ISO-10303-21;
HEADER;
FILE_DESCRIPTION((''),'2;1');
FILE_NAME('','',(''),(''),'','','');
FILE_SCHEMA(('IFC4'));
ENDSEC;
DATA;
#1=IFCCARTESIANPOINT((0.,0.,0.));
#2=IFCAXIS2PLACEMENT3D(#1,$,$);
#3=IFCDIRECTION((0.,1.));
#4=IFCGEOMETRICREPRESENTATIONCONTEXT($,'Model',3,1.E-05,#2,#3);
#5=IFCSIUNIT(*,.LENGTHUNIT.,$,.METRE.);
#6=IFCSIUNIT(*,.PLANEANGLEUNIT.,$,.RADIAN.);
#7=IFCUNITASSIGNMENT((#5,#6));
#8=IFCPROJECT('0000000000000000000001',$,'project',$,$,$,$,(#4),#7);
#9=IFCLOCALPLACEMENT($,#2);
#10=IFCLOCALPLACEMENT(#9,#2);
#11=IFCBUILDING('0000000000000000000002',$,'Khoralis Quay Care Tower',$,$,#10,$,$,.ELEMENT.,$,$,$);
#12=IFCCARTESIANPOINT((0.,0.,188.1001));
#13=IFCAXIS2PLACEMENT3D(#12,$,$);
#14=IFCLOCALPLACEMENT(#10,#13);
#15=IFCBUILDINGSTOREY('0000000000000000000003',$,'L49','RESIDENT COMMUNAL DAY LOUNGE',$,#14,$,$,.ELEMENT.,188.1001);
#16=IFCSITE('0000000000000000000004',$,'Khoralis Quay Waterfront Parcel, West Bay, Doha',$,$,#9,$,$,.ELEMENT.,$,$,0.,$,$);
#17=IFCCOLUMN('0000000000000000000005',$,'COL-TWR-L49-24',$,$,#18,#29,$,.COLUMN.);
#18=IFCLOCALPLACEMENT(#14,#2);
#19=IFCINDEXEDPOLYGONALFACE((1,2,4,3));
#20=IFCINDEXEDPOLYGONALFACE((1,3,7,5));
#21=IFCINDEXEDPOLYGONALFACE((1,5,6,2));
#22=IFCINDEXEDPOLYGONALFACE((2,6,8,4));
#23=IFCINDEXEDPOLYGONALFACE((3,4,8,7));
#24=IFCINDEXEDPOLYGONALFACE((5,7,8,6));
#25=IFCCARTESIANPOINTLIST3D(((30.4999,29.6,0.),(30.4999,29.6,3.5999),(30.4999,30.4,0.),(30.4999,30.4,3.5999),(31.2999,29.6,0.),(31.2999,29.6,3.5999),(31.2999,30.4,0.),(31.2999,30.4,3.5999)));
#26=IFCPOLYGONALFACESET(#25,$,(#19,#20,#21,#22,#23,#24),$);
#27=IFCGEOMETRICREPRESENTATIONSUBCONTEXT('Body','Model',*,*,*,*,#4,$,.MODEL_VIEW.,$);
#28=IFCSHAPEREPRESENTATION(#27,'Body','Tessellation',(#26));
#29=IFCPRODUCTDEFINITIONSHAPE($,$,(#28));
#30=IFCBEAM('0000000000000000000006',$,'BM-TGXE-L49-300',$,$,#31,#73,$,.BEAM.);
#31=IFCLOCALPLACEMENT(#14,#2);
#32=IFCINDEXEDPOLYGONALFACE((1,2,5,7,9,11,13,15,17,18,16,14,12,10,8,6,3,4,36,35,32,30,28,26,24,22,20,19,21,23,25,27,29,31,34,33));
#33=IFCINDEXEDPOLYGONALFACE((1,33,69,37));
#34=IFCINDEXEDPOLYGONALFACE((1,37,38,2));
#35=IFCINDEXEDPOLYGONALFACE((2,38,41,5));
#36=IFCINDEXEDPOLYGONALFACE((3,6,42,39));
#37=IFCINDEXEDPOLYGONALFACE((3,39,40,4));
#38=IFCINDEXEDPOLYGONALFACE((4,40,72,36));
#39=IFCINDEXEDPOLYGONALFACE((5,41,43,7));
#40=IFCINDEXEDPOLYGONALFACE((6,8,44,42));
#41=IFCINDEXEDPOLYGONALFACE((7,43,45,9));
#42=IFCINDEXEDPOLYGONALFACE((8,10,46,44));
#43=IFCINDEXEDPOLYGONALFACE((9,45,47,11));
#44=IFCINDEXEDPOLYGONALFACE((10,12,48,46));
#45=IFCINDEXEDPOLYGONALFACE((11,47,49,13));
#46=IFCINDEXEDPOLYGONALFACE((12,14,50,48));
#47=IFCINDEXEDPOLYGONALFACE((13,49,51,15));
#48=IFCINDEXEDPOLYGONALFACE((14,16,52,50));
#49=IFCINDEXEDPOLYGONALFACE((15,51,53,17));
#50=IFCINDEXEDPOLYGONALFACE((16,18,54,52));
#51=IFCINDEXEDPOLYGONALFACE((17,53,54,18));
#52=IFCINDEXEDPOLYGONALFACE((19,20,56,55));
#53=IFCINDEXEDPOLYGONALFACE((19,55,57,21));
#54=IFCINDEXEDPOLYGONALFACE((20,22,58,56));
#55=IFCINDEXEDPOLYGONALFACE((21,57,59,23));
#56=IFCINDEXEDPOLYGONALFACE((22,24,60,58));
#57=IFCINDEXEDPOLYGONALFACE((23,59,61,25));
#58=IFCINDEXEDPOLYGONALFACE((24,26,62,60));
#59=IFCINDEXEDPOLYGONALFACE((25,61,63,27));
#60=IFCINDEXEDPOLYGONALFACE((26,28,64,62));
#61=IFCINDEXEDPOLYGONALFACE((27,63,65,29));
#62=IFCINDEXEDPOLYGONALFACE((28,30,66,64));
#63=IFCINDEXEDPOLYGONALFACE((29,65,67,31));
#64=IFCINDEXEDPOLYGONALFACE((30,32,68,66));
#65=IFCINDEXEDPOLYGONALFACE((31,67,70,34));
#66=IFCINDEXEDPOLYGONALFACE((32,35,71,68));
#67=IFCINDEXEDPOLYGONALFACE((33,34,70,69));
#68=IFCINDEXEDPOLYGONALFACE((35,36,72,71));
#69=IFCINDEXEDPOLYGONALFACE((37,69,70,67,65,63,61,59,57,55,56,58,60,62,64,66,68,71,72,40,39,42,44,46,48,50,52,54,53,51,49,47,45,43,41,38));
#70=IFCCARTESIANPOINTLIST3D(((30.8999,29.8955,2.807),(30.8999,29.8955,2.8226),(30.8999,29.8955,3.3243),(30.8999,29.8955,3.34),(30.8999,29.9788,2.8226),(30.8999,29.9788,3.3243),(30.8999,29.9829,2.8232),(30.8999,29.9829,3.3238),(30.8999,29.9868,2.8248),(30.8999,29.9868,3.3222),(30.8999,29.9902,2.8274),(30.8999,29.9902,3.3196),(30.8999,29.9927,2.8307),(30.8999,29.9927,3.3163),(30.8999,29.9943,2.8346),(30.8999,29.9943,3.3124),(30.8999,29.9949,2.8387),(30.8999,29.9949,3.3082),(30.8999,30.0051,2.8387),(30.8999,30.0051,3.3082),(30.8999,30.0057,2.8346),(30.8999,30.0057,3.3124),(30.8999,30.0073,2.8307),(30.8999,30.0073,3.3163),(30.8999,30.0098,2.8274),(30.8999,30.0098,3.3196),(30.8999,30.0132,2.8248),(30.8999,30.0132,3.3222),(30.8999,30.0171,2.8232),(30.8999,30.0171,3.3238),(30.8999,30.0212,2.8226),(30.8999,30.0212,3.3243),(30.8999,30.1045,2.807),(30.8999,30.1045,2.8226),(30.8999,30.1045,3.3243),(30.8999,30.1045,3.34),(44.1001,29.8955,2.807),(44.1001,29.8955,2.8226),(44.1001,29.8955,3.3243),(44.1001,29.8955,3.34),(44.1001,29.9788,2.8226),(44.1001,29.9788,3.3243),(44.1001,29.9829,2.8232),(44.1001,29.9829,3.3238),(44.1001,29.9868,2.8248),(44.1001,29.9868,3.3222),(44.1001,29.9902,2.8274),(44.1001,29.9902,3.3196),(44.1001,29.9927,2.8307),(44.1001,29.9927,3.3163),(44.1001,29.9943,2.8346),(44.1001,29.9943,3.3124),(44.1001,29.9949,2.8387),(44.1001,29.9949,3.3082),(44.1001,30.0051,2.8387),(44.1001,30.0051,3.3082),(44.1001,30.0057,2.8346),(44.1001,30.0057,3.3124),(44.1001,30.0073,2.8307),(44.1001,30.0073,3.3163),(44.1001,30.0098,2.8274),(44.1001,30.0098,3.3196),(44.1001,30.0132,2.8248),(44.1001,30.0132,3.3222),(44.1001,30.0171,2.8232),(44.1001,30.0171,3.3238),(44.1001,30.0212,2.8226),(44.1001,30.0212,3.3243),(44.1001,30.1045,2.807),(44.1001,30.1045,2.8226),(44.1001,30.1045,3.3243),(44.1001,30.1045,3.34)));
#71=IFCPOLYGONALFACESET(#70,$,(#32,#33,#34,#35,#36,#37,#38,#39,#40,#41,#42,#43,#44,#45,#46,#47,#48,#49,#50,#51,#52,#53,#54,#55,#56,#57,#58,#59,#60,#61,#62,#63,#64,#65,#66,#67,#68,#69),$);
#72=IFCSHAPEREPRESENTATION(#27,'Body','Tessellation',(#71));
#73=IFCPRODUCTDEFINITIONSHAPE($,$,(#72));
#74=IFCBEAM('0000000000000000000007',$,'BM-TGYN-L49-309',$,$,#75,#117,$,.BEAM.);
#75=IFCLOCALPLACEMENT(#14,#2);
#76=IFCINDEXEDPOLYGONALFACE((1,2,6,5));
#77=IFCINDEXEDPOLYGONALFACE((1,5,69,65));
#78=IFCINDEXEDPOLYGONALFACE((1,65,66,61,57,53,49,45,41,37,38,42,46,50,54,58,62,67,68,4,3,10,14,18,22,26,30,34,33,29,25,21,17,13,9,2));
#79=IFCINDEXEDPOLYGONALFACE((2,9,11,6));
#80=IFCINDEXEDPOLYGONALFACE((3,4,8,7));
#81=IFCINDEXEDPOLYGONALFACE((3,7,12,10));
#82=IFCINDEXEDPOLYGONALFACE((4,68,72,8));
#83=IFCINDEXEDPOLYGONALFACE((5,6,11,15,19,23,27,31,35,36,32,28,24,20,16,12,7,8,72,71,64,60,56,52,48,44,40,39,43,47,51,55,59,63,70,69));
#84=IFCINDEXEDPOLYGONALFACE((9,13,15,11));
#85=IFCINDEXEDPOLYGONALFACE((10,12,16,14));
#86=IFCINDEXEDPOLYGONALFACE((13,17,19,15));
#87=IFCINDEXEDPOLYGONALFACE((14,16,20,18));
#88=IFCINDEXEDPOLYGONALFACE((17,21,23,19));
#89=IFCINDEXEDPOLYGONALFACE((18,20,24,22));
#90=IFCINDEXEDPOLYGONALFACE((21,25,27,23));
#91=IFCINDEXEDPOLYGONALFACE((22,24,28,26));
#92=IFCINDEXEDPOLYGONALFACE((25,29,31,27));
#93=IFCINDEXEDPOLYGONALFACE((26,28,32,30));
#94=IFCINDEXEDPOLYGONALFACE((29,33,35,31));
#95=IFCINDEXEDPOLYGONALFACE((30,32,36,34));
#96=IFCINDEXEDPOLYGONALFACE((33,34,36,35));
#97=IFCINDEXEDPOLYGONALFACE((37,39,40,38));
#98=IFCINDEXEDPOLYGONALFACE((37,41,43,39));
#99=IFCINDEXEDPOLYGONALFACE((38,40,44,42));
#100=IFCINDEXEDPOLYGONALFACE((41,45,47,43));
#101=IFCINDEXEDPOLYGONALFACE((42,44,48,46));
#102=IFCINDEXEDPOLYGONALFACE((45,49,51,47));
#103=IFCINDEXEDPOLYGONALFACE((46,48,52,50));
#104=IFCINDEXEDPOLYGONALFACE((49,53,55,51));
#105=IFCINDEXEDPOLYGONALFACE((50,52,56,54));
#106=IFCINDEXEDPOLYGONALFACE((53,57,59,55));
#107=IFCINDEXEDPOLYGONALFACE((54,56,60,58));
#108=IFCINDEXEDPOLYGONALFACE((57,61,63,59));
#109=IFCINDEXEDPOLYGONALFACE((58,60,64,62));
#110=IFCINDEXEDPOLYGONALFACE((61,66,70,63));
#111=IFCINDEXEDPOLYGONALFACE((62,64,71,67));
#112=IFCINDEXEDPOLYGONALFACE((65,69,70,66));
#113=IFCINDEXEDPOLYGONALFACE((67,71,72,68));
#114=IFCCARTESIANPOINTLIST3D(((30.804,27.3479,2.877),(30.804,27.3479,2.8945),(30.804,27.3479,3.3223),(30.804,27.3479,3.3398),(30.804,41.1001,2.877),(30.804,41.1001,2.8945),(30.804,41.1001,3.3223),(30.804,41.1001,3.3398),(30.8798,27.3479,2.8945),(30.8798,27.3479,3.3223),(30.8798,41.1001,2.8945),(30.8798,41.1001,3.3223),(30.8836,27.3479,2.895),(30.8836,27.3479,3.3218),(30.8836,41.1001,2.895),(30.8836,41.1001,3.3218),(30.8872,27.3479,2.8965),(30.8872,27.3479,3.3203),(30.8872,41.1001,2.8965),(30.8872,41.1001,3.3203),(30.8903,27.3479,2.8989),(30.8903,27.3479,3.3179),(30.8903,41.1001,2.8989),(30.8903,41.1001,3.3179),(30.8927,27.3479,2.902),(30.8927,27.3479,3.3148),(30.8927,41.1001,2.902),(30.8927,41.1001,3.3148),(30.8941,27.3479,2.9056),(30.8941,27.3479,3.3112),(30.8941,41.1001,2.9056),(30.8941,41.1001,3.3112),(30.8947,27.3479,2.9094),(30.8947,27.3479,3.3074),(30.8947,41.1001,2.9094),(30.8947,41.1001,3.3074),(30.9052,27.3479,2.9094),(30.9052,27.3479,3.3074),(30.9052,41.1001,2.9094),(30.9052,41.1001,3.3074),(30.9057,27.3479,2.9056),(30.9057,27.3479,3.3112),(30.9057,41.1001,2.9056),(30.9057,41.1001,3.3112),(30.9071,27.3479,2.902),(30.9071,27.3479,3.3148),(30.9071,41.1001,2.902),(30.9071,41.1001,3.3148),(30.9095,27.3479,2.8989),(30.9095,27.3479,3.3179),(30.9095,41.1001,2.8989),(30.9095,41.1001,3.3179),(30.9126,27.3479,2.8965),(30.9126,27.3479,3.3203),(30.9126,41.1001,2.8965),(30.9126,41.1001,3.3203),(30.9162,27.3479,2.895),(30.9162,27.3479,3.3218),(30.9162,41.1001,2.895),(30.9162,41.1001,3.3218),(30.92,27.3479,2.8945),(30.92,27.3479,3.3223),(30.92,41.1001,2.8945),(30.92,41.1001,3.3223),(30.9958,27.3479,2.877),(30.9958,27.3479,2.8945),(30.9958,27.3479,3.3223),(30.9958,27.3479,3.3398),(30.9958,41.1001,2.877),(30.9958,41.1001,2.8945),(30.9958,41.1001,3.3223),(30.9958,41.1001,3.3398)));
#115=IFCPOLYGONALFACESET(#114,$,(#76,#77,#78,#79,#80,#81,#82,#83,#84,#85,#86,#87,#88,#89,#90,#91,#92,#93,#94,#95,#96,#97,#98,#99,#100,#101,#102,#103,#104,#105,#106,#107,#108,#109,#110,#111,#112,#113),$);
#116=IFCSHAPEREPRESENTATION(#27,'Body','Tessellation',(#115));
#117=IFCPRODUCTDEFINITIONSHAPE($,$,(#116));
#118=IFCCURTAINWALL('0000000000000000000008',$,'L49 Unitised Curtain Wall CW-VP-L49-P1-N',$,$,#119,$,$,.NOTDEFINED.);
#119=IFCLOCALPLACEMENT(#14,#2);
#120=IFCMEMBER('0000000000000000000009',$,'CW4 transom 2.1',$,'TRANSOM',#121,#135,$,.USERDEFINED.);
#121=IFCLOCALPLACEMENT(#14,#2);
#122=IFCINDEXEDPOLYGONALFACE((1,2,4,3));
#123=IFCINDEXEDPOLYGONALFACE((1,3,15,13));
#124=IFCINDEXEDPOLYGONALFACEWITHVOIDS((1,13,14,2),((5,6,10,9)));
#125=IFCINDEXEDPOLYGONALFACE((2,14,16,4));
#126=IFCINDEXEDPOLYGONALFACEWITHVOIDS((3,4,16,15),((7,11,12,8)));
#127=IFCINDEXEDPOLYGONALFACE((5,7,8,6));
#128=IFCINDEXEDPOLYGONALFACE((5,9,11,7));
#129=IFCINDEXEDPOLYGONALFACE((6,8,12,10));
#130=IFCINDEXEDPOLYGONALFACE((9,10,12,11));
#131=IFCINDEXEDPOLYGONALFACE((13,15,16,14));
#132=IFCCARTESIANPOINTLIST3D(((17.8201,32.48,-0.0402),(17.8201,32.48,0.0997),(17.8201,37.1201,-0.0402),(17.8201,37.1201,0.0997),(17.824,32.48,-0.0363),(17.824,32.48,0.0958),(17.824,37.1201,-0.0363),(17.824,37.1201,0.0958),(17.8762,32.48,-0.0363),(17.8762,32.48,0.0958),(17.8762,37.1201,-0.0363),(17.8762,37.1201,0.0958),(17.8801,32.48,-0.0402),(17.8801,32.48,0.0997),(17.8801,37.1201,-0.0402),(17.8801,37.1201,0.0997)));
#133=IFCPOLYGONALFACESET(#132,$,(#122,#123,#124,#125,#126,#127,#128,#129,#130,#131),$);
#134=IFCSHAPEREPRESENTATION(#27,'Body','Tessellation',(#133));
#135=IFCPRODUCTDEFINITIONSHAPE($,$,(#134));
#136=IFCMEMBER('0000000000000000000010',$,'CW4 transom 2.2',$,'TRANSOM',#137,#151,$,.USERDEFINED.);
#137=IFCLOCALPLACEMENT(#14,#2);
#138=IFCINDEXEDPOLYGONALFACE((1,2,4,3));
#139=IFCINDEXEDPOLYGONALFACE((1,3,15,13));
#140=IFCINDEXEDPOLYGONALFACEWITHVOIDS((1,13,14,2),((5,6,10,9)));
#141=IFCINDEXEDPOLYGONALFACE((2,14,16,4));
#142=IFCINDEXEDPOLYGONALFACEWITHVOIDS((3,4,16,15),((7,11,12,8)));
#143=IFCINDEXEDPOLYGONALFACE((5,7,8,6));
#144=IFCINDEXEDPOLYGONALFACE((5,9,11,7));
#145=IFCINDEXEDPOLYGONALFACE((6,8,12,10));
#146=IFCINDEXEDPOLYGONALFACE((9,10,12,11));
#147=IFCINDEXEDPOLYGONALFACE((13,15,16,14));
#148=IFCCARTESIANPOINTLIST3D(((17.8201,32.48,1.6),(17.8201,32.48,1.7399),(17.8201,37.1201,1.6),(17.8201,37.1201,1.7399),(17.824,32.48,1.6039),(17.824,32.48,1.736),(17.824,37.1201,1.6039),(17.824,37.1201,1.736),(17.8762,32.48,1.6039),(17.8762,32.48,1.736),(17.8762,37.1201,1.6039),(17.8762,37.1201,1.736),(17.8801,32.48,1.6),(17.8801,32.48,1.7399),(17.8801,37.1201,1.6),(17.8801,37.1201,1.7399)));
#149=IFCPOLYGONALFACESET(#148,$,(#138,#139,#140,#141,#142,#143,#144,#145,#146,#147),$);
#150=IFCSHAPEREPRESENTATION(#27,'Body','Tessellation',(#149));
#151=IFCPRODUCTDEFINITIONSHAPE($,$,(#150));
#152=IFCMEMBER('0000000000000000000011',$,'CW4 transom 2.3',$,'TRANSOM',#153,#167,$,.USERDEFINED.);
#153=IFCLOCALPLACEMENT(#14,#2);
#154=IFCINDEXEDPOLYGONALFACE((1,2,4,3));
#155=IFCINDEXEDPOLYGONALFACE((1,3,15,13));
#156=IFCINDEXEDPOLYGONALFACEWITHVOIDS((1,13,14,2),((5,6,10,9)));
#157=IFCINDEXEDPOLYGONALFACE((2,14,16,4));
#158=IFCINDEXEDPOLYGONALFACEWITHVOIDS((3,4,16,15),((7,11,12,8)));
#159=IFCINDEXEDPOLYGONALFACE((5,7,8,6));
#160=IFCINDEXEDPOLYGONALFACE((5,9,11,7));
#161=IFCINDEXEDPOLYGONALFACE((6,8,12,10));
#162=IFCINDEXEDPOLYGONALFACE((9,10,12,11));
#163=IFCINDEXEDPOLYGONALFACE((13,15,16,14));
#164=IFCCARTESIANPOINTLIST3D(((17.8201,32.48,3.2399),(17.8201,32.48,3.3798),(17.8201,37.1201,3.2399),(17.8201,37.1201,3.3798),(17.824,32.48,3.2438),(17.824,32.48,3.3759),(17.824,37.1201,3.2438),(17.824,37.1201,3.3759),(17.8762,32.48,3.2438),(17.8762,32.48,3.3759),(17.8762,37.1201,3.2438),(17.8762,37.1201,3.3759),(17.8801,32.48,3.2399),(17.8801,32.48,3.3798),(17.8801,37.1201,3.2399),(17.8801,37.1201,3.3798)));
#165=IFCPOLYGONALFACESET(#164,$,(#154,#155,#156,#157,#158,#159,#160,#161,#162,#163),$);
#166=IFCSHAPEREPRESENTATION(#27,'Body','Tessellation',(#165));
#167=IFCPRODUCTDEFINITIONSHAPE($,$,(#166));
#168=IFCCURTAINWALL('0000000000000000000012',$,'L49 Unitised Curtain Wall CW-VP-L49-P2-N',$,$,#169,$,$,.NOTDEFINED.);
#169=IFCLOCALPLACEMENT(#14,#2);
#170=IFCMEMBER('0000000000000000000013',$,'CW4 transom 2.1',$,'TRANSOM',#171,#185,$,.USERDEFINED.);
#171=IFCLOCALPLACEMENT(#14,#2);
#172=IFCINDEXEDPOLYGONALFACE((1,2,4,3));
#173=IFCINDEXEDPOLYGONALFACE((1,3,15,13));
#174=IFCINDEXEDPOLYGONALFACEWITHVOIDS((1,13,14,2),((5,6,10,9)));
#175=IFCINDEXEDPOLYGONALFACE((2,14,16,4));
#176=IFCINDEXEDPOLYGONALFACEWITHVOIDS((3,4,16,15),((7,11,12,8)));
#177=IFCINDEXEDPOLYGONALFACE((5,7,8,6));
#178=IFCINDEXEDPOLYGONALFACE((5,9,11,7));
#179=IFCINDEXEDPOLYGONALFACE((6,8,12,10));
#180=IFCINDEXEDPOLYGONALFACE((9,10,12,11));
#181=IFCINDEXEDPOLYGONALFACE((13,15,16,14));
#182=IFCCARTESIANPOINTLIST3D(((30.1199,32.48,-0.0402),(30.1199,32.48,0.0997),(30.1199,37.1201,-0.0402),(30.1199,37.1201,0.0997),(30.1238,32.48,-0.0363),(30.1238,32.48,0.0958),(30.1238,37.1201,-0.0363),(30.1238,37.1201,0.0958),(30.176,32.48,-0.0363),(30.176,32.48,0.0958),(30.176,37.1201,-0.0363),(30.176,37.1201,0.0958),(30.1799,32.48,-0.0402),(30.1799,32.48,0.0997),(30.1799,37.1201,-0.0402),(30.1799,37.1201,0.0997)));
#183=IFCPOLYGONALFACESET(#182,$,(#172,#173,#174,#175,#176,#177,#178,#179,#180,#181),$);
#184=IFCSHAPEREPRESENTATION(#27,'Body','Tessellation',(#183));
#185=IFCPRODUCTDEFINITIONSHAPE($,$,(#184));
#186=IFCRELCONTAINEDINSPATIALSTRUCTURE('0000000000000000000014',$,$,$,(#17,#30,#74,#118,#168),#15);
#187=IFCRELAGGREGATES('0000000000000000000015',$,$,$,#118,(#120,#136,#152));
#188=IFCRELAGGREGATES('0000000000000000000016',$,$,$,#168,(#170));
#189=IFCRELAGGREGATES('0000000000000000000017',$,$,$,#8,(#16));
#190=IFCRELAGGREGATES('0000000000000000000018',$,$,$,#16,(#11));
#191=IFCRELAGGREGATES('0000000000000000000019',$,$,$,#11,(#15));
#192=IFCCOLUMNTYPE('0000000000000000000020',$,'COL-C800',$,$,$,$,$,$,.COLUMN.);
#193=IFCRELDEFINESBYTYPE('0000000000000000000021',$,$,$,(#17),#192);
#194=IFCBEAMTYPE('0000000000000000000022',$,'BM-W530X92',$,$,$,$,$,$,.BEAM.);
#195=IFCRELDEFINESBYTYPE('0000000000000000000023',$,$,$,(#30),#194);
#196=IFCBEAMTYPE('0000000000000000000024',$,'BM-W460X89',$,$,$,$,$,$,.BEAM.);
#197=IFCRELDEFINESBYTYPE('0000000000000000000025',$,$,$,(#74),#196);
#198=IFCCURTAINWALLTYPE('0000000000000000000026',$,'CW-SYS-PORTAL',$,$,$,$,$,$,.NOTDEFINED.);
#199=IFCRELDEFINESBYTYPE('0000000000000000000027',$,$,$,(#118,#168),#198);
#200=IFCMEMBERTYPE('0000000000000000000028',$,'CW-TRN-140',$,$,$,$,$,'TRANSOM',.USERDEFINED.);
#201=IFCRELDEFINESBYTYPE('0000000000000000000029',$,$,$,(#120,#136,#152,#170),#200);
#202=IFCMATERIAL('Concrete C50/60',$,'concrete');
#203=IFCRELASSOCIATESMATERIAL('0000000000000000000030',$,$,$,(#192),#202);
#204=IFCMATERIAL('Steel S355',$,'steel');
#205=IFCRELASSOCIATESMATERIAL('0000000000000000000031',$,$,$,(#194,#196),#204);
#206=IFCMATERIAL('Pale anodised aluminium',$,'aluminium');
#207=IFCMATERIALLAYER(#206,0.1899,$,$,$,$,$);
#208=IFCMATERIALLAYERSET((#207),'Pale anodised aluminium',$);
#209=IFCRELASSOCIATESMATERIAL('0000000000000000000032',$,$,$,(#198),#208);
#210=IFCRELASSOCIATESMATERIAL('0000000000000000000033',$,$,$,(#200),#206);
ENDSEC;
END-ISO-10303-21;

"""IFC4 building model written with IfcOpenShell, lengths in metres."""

from ifc_helpers import new_model, si_unit, direction, frame, origin, origin_2d, place, context, subcontext, project, spatial, rectangle, hollow_rectangle, i_section, extrude, source, transform, mapped, material, layer, layer_set, material_profile, profile_set, type_object, element, aggregate, save


model = new_model("IFC4")

# Units and contexts
model_context = context("Model", 3, precision=1e-05, world=origin(), true_north=direction((0.0, 1.0)))
body_context = subcontext(model_context, "Body", "Model", "MODEL_VIEW")
ifc_project = project(units=[si_unit("LENGTHUNIT", "METRE"), si_unit("PLANEANGLEUNIT", "RADIAN")], contexts=[model_context])

# Site, building, storey
site_placement = place(None, origin())
site = spatial("IfcSite", under=ifc_project, at=site_placement, Name="Khoralis Quay Waterfront Parcel, West Bay, Doha", CompositionType="ELEMENT", RefElevation=0.0)
building_placement = place(site_placement, origin())
building = spatial("IfcBuilding", under=site, at=building_placement, Name="Khoralis Quay Care Tower", CompositionType="ELEMENT")
storey_placement = place(building_placement, frame((0.0, 0.0, 188.1001)))
storey = spatial("IfcBuildingStorey", under=building, at=storey_placement, Name="L49", Description="RESIDENT COMMUNAL DAY LOUNGE", CompositionType="ELEMENT", Elevation=188.1001)

# Column
ifc_material_1 = material(Name="Concrete C50/60", Category="concrete")
ifc_material_profile_1 = material_profile(ifc_material_1, rectangle(XDim=0.8, YDim=0.8, at=origin_2d()), Name="Concrete C50/60")
ifc_profile_set_1 = profile_set([ifc_material_profile_1], Name="Concrete C50/60")
column_type = type_object("IfcColumnType", Name="COL-C800", PredefinedType="COLUMN", material=ifc_profile_set_1)
shared_shape_1 = source(origin(), body_context, "Body", "SweptSolid", [
    extrude(rectangle(XDim=0.8, YDim=0.8, at=origin_2d()), origin(), (0.0, 0.0, 1.0), 3.5999),
])
column_placement = place(storey_placement, frame((30.8999, 30.0, 0.0), z_axis=(0.0, 0.0, 1.0), x_axis=(1.0, 0.0, 0.0)))
element("IfcColumn", 1, at=column_placement, inside=storey, type_object=column_type, Name="COL-TWR-L49-24", PredefinedType="COLUMN", context=body_context, shape_type="MappedRepresentation", body=[
    mapped(shared_shape_1, transform((0.0, 0.0, 0.0), scale=1.0)),
])

# Beams
ifc_material_2 = material(Name="Steel S355", Category="steel")
ifc_material_profile_2 = material_profile(ifc_material_2, i_section(OverallWidth=0.209, OverallDepth=0.533, WebThickness=0.0103, FlangeThickness=0.0156, FilletRadius=0.0161, at=origin_2d()), Name="Steel S355")
ifc_profile_set_2 = profile_set([ifc_material_profile_2], Name="Steel S355")
beam_type_1 = type_object("IfcBeamType", Name="BM-W530X92", PredefinedType="BEAM", material=ifc_profile_set_2)
shared_shape_2 = source(origin(), body_context, "Body", "SweptSolid", [
    extrude(i_section(OverallWidth=0.209, OverallDepth=0.533, WebThickness=0.0103, FlangeThickness=0.0156, FilletRadius=0.0161, at=origin_2d()), origin(), (0.0, 0.0, 1.0), 13.2002),
])
beam_1_placement = place(storey_placement, frame((30.8999, 30.0, 3.0735), z_axis=(1.0, 0.0, 0.0), x_axis=(0.0, 1.0, 0.0)))
element("IfcBeam", 2, at=beam_1_placement, inside=storey, type_object=beam_type_1, Name="BM-TGXE-L49-300", PredefinedType="BEAM", context=body_context, shape_type="MappedRepresentation", body=[
    mapped(shared_shape_2, transform((0.0, 0.0, 0.0), scale=1.0)),
])
ifc_material_profile_3 = material_profile(ifc_material_2, i_section(OverallWidth=0.1919, OverallDepth=0.4629, WebThickness=0.0105, FlangeThickness=0.0176, FilletRadius=0.0149, at=origin_2d()), Name="Steel S355")
ifc_profile_set_3 = profile_set([ifc_material_profile_3], Name="Steel S355")
beam_type_2 = type_object("IfcBeamType", Name="BM-W460X89", PredefinedType="BEAM", material=ifc_profile_set_3)
shared_shape_3 = source(origin(), body_context, "Body", "SweptSolid", [
    extrude(i_section(OverallWidth=0.1919, OverallDepth=0.4629, WebThickness=0.0105, FlangeThickness=0.0176, FilletRadius=0.0149, at=origin_2d()), origin(), (0.0, 0.0, 1.0), 13.7522),
])
beam_2_placement = place(storey_placement, frame((30.8999, 27.3479, 3.1084), z_axis=(0.0, 1.0, 0.0), x_axis=(-1.0, 0.0, 0.0)))
element("IfcBeam", 3, at=beam_2_placement, inside=storey, type_object=beam_type_2, Name="BM-TGYN-L49-309", PredefinedType="BEAM", context=body_context, shape_type="MappedRepresentation", body=[
    mapped(shared_shape_3, transform((0.0, 0.0, 0.0), scale=1.0)),
])

# Curtain wall, members
ifc_material_3 = material(Name="Pale anodised aluminium", Category="aluminium")
ifc_layer_1 = layer(ifc_material_3, 0.1899)
ifc_layer_set_1 = layer_set([ifc_layer_1], Name="Pale anodised aluminium")
curtain_wall_type = type_object("IfcCurtainWallType", Name="CW-SYS-PORTAL", PredefinedType="NOTDEFINED", material=ifc_layer_set_1)
curtain_wall_1_placement = place(storey_placement, origin())
curtain_wall_1 = element("IfcCurtainWall", 4, at=curtain_wall_1_placement, inside=storey, type_object=curtain_wall_type, Name="L49 Unitised Curtain Wall CW-VP-L49-P1-N", PredefinedType="NOTDEFINED")
ifc_material_profile_4 = material_profile(ifc_material_3, hollow_rectangle(XDim=0.0601, YDim=0.1399, WallThickness=0.0039, at=origin_2d()), Name="Pale anodised aluminium")
ifc_profile_set_4 = profile_set([ifc_material_profile_4], Name="Pale anodised aluminium")
member_type_1 = type_object("IfcMemberType", Name="CW-TRN-140", ElementType="TRANSOM", PredefinedType="USERDEFINED", material=ifc_profile_set_4)
shared_shape_4 = source(origin(), body_context, "Body", "SweptSolid", [
    extrude(hollow_rectangle(XDim=0.0601, YDim=0.1399, WallThickness=0.0039, at=origin_2d()), origin(), (0.0, 0.0, 1.0), 4.6401),
])
member_1_placement = place(storey_placement, frame((17.8501, 32.48, 0.0298), z_axis=(0.0, 1.0, 0.0), x_axis=(-1.0, 0.0, 0.0)))
member_1 = element("IfcMember", 5, at=member_1_placement, type_object=member_type_1, Name="CW4 transom 2.1", ObjectType="TRANSOM", PredefinedType="USERDEFINED", context=body_context, shape_type="MappedRepresentation", body=[
    mapped(shared_shape_4, transform((0.0, 0.0, 0.0), scale=1.0)),
])
member_2_placement = place(storey_placement, frame((17.8501, 32.48, 1.6699), z_axis=(0.0, 1.0, 0.0), x_axis=(-1.0, 0.0, 0.0)))
member_2 = element("IfcMember", 6, at=member_2_placement, type_object=member_type_1, Name="CW4 transom 2.2", ObjectType="TRANSOM", PredefinedType="USERDEFINED", context=body_context, shape_type="MappedRepresentation", body=[
    mapped(shared_shape_4, transform((0.0, 0.0, 0.0), scale=1.0)),
])
member_3_placement = place(storey_placement, frame((17.8501, 32.48, 3.3098), z_axis=(0.0, 1.0, 0.0), x_axis=(-1.0, 0.0, 0.0)))
member_3 = element("IfcMember", 7, at=member_3_placement, type_object=member_type_1, Name="CW4 transom 2.3", ObjectType="TRANSOM", PredefinedType="USERDEFINED", context=body_context, shape_type="MappedRepresentation", body=[
    mapped(shared_shape_4, transform((0.0, 0.0, 0.0), scale=1.0)),
])

# Curtain wall, member
curtain_wall_2_placement = place(storey_placement, origin())
curtain_wall_2 = element("IfcCurtainWall", 8, at=curtain_wall_2_placement, inside=storey, type_object=curtain_wall_type, Name="L49 Unitised Curtain Wall CW-VP-L49-P2-N", PredefinedType="NOTDEFINED")
member_4_placement = place(storey_placement, frame((30.1499, 32.48, 0.0298), z_axis=(0.0, 1.0, 0.0), x_axis=(-1.0, 0.0, 0.0)))
member_4 = element("IfcMember", 9, at=member_4_placement, type_object=member_type_1, Name="CW4 transom 2.1", ObjectType="TRANSOM", PredefinedType="USERDEFINED", context=body_context, shape_type="MappedRepresentation", body=[
    mapped(shared_shape_4, transform((0.0, 0.0, 0.0), scale=1.0)),
])

aggregate(curtain_wall_1, [member_1, member_2, member_3])
aggregate(curtain_wall_2, [member_4])

save(model, "model.ifc")
